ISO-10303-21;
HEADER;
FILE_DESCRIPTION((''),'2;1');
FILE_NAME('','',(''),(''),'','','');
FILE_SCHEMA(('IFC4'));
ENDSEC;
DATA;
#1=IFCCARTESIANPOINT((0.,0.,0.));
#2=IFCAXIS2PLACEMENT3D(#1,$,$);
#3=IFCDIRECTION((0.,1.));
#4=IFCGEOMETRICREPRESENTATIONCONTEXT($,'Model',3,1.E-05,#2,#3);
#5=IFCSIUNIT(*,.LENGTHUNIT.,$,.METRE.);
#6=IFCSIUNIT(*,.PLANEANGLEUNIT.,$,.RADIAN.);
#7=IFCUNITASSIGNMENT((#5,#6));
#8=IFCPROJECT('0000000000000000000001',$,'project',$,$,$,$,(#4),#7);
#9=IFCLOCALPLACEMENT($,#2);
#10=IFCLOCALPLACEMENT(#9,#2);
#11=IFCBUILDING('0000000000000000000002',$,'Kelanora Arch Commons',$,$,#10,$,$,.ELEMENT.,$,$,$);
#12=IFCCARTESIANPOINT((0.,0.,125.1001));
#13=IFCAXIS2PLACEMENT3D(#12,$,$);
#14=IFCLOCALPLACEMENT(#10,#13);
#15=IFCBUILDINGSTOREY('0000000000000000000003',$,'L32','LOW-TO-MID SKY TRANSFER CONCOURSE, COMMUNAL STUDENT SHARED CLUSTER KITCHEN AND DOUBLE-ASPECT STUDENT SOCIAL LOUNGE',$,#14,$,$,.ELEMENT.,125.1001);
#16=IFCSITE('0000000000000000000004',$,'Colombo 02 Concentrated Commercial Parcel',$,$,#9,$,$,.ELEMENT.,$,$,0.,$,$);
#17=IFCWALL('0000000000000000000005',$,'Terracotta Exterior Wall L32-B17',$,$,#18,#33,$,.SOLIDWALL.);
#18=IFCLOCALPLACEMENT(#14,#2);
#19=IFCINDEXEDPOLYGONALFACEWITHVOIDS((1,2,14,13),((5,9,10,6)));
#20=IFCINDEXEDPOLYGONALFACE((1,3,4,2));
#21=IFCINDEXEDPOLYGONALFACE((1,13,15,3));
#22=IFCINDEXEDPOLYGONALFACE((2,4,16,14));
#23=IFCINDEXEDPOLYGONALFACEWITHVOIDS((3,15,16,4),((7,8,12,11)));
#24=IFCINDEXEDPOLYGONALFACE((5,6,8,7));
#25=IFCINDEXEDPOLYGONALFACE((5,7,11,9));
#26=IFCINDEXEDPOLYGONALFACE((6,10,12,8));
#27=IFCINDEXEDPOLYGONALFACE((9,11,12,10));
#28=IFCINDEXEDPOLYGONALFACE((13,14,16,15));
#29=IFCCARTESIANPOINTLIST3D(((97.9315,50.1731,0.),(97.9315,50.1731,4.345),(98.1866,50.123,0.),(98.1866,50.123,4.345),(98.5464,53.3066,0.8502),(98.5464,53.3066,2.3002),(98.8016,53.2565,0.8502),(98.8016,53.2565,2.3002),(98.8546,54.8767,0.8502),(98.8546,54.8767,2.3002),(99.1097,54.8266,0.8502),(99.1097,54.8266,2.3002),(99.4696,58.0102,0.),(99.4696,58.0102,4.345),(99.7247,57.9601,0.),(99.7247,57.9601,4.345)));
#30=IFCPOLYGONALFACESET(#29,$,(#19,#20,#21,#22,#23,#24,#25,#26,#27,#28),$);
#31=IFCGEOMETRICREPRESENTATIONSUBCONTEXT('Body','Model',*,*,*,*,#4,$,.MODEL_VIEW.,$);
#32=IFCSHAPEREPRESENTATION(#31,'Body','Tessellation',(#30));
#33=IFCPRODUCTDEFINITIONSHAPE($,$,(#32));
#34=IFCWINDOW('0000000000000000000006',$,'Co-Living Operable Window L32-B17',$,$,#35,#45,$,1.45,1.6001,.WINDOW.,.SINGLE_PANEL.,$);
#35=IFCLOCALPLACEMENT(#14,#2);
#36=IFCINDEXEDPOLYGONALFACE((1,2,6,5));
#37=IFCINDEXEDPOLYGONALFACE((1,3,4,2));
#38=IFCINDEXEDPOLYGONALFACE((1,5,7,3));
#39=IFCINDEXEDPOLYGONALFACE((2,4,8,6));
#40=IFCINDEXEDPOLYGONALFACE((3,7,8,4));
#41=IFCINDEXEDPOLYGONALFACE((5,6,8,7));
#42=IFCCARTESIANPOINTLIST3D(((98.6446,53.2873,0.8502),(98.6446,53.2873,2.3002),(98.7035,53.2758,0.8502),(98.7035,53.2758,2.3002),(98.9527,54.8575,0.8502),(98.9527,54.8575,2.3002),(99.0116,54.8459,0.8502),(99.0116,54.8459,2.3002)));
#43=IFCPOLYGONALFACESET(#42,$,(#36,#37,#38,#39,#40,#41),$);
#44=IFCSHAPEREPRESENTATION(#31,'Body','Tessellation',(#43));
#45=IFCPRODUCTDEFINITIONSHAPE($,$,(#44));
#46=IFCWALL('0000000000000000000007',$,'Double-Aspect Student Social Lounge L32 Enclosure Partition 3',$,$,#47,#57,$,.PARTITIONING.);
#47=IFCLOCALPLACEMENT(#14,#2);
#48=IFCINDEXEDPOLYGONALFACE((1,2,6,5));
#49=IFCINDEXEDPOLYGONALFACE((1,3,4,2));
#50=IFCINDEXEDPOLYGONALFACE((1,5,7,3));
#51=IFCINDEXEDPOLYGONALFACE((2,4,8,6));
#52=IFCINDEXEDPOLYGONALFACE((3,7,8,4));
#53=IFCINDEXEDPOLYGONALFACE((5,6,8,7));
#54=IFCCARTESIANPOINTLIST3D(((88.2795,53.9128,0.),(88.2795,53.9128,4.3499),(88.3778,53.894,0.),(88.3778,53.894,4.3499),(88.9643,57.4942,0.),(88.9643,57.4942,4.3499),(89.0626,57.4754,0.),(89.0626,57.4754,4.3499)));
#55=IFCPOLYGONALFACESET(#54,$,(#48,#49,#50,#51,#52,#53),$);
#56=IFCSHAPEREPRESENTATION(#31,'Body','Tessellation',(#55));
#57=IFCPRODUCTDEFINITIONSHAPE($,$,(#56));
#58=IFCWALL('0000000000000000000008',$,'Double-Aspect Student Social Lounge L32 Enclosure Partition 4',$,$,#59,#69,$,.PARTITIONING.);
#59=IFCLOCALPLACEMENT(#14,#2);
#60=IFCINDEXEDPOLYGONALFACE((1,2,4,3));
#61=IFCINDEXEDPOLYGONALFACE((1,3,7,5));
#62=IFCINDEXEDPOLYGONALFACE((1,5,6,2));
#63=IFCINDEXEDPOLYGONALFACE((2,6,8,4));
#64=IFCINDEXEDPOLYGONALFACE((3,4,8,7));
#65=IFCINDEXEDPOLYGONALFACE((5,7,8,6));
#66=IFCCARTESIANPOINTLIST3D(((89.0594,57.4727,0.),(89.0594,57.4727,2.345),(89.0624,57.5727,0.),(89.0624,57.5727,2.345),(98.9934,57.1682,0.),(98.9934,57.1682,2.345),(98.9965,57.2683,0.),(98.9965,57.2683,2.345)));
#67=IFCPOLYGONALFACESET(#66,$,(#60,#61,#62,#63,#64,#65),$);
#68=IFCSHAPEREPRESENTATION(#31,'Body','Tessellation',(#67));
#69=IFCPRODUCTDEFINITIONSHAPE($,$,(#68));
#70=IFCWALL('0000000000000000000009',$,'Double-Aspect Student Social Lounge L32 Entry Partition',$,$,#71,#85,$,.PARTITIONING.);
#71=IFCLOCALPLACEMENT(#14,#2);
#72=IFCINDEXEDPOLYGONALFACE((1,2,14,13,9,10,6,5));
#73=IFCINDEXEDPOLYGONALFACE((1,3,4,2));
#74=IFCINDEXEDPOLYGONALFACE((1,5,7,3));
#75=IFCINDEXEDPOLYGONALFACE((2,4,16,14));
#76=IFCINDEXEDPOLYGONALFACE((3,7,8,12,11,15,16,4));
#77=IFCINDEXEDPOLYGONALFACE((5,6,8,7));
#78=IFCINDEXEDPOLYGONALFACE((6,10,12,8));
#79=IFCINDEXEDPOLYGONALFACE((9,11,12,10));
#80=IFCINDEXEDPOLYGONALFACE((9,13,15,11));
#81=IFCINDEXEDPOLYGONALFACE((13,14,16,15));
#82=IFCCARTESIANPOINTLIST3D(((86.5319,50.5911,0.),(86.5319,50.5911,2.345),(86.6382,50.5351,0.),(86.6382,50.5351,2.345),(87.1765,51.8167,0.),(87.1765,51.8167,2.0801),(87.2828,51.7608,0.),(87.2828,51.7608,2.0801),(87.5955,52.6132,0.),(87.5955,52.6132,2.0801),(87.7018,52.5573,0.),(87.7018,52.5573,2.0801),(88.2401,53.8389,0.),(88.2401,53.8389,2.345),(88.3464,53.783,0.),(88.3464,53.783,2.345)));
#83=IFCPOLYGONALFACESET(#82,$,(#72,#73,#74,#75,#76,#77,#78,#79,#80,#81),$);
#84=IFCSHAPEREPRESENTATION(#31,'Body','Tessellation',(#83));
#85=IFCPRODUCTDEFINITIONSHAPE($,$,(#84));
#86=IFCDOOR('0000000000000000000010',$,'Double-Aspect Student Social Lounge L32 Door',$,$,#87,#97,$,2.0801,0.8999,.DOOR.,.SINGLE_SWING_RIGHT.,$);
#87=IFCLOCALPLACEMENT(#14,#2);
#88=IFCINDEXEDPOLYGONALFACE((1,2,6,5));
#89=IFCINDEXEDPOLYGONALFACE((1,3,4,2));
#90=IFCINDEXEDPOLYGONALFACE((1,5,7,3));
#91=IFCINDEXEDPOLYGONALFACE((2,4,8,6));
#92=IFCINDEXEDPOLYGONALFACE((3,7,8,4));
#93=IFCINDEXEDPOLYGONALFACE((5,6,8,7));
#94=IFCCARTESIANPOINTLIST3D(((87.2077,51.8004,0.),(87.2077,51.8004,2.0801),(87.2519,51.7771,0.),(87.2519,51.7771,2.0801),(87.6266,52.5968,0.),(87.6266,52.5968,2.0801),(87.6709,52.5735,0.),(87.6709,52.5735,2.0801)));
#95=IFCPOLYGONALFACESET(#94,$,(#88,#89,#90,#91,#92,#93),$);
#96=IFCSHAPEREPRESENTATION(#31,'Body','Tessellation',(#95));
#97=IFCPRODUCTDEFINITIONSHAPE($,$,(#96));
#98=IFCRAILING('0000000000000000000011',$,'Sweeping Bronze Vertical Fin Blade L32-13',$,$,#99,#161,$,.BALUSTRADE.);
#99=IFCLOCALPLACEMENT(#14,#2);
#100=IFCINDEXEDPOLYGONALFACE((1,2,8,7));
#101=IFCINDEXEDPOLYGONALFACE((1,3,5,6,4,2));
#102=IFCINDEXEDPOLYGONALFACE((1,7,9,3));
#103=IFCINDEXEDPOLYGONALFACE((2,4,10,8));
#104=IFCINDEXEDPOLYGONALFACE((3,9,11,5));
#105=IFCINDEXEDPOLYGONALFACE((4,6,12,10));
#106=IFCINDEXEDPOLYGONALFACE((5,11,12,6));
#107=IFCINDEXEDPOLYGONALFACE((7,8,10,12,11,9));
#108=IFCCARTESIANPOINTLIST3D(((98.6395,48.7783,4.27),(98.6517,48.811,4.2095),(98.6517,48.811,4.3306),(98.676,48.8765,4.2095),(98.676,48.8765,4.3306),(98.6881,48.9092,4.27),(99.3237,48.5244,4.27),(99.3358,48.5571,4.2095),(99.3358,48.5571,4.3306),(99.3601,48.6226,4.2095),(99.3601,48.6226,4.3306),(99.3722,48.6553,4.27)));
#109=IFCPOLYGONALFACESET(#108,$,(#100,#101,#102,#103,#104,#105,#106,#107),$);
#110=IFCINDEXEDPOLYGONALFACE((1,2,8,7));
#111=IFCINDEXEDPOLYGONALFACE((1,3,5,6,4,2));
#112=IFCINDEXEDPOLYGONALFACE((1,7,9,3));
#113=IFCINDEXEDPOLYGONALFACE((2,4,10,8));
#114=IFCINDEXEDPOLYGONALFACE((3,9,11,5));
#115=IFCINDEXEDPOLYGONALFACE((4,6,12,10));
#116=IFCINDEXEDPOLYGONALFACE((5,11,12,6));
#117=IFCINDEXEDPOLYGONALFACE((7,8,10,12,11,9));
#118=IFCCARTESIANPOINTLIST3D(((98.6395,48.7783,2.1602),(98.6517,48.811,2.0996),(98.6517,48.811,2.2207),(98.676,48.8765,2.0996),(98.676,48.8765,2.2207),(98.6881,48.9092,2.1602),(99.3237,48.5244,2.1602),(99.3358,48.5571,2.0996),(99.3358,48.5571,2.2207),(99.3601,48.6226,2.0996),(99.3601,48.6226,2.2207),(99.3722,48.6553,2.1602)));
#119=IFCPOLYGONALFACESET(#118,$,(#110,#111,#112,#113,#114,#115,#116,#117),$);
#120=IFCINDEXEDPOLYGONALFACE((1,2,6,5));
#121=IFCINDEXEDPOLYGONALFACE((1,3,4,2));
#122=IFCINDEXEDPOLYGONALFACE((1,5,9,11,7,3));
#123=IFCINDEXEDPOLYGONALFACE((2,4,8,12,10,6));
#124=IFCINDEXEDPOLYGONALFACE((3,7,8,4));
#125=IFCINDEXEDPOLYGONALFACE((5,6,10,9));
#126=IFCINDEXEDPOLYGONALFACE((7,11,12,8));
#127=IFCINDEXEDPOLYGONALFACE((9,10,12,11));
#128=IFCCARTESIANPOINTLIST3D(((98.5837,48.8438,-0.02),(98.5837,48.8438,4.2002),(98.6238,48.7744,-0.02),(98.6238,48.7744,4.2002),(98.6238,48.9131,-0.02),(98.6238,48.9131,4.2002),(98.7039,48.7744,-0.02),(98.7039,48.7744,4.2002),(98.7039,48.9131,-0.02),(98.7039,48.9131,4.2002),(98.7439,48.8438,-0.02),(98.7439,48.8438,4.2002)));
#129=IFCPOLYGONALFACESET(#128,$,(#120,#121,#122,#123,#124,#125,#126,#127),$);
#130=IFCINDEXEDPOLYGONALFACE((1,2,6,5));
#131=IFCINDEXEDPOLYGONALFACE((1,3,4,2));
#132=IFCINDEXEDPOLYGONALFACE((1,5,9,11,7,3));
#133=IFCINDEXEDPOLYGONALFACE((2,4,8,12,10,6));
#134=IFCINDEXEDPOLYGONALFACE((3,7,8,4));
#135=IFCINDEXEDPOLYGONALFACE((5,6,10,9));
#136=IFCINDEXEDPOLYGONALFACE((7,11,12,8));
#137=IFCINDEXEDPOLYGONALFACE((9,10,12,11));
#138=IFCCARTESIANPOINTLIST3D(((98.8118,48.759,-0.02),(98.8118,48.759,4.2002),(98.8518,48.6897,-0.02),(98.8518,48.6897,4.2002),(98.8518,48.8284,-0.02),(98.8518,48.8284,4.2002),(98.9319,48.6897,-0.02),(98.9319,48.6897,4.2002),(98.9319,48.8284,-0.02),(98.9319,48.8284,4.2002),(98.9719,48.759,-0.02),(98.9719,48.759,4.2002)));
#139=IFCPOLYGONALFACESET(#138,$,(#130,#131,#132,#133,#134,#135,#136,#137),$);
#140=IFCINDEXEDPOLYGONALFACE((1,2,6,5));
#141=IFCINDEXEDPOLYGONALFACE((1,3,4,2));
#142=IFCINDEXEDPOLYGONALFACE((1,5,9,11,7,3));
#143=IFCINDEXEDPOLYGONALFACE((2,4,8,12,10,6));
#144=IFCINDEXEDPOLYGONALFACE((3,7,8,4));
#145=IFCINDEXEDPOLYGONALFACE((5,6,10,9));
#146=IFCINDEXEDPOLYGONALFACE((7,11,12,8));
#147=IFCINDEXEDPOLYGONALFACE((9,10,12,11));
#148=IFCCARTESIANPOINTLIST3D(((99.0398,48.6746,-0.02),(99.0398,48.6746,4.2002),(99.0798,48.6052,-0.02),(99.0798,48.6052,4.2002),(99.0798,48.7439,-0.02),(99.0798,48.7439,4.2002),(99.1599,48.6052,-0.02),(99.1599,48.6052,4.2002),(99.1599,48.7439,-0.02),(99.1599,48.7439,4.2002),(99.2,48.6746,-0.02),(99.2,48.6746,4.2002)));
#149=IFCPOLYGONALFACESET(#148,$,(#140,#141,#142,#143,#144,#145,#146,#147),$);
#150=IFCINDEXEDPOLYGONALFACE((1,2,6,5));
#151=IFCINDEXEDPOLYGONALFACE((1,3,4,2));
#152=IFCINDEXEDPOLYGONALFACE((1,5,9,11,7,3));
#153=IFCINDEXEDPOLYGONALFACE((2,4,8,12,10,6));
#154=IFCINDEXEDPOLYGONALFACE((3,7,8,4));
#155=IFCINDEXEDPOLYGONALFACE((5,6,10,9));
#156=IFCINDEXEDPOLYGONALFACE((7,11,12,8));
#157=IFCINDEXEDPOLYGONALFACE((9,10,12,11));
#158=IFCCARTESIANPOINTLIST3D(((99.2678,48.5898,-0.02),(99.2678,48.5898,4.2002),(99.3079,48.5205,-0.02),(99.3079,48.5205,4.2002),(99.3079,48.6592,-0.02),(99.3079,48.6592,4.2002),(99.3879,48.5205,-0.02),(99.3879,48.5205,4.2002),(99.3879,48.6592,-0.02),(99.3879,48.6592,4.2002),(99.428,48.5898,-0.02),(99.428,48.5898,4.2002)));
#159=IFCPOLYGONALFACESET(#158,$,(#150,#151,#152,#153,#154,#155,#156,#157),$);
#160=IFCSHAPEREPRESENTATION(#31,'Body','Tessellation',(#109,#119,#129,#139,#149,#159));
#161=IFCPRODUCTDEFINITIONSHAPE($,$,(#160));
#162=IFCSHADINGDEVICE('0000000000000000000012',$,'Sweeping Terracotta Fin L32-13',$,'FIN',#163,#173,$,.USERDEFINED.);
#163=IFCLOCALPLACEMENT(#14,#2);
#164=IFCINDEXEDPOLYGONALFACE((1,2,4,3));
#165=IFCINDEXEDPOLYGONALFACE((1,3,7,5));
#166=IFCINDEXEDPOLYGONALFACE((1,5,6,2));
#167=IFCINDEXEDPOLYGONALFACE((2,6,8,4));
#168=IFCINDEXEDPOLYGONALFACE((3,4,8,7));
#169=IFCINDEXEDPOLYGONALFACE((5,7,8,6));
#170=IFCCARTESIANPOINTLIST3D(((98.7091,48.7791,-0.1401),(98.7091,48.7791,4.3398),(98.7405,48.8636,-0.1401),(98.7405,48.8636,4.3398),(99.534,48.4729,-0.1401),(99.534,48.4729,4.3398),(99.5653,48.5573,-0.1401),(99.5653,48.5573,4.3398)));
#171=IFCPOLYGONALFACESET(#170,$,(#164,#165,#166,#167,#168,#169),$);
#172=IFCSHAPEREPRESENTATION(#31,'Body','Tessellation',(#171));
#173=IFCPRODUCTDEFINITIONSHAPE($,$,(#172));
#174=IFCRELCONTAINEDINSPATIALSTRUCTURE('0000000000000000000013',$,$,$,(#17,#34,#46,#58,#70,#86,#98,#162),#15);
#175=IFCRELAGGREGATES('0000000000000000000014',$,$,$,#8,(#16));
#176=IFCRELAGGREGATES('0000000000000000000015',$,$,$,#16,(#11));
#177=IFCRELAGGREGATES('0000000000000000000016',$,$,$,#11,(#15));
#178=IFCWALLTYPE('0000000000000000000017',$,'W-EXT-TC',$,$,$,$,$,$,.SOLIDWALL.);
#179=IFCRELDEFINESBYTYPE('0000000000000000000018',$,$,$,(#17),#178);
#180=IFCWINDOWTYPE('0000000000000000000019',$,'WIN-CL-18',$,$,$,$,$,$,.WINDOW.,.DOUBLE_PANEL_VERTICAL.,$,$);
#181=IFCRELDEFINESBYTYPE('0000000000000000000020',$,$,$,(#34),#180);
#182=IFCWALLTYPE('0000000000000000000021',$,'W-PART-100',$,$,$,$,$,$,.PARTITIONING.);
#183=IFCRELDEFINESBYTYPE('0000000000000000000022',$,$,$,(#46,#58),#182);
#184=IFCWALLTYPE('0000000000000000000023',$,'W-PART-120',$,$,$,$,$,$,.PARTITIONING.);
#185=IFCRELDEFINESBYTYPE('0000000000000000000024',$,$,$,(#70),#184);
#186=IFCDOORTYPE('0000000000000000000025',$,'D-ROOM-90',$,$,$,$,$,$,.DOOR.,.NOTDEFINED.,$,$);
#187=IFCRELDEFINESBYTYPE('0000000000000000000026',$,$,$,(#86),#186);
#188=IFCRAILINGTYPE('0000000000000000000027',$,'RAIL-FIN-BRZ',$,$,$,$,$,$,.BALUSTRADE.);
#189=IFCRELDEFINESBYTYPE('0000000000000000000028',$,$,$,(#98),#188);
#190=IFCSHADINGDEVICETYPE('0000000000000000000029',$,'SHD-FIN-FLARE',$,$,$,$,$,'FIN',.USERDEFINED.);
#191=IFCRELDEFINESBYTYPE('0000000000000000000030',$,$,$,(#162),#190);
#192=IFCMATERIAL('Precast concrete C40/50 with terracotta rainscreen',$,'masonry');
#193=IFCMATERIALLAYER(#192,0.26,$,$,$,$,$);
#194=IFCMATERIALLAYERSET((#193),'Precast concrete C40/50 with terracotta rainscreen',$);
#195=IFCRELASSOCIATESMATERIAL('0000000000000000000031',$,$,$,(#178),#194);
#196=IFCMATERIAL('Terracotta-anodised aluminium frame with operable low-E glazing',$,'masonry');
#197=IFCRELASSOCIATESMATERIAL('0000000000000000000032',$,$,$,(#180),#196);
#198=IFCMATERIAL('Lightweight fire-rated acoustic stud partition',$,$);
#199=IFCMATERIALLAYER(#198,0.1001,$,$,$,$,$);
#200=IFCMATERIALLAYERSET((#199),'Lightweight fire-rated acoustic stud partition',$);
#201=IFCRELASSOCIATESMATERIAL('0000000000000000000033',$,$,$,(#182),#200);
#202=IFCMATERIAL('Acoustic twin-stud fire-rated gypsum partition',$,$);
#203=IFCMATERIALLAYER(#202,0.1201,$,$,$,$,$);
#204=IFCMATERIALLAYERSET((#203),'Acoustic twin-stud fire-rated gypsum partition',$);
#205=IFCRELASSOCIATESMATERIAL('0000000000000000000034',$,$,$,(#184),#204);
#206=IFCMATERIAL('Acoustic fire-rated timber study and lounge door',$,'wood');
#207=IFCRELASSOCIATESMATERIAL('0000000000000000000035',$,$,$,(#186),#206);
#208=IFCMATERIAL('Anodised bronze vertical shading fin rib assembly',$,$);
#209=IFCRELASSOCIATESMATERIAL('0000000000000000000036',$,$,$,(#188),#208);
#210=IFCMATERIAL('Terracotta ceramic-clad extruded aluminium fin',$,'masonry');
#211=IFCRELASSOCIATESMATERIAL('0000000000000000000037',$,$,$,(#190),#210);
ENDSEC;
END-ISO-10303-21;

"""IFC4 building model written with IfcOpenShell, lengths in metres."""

from ifc_helpers import new_model, si_unit, direction, frame, frame_2d, origin, origin_2d, place, context, subcontext, project, spatial, polyline, rectangle, outline, extrude, source, transform, mapped, material, layer, layer_set, type_object, element, fill, save


model = new_model("IFC4")

# Units and contexts
model_context = context("Model", 3, precision=1e-05, world=origin(), true_north=direction((0.0, 1.0)))
body_context = subcontext(model_context, "Body", "Model", "MODEL_VIEW")
ifc_project = project(units=[si_unit("LENGTHUNIT", "METRE"), si_unit("PLANEANGLEUNIT", "RADIAN")], contexts=[model_context])

# Site, building, storey
site_placement = place(None, origin())
site = spatial("IfcSite", under=ifc_project, at=site_placement, Name="Colombo 02 Concentrated Commercial Parcel", CompositionType="ELEMENT", RefElevation=0.0)
building_placement = place(site_placement, origin())
building = spatial("IfcBuilding", under=site, at=building_placement, Name="Kelanora Arch Commons", CompositionType="ELEMENT")
storey_placement = place(building_placement, frame((0.0, 0.0, 125.1001)))
storey = spatial("IfcBuildingStorey", under=building, at=storey_placement, Name="L32", Description="LOW-TO-MID SKY TRANSFER CONCOURSE, COMMUNAL STUDENT SHARED CLUSTER KITCHEN AND DOUBLE-ASPECT STUDENT SOCIAL LOUNGE", CompositionType="ELEMENT", Elevation=125.1001)

# Wall, opening, window
ifc_material_1 = material(Name="Precast concrete C40/50 with terracotta rainscreen", Category="masonry")
ifc_layer_1 = layer(ifc_material_1, 0.26)
ifc_layer_set_1 = layer_set([ifc_layer_1], Name="Precast concrete C40/50 with terracotta rainscreen")
wall_type_1 = type_object("IfcWallType", Name="W-EXT-TC", PredefinedType="SOLIDWALL", material=ifc_layer_set_1)
wall_1_placement = place(storey_placement, frame((98.0591, 50.1482, 0.0), z_axis=(0.0, 0.0, 1.0), x_axis=(0.192582, 0.981281, 0.0)))
wall_1 = element("IfcWall", 1, at=wall_1_placement, inside=storey, type_object=wall_type_1, Name="Terracotta Exterior Wall L32-B17", PredefinedType="SOLIDWALL", context=body_context, shape_type="SweptSolid", body=[
    extrude(rectangle(XDim=7.9866, YDim=0.26, at=frame_2d((3.9932, 0.0))), origin(), (0.0, 0.0, 1.0), 4.345),
])
opening_1_placement = place(wall_1_placement, frame((3.1931, 0.0, 0.8501)))
opening_1 = element("IfcOpeningElement", 2, at=opening_1_placement, cuts=wall_1, PredefinedType="OPENING", context=body_context, shape_type="SweptSolid", body=[
    extrude(rectangle(XDim=1.6001, YDim=1.45, at=frame_2d((0.8, 0.7251))), frame((0.0, 0.1401, 0.0), z_axis=(0.0, -1.0, 0.0), x_axis=(1.0, 0.0, 0.0)), (0.0, 0.0, 1.0), 0.28),
])
ifc_material_2 = material(Name="Terracotta-anodised aluminium frame with operable low-E glazing", Category="masonry")
window_type = type_object("IfcWindowType", Name="WIN-CL-18", PartitioningType="DOUBLE_PANEL_VERTICAL", PredefinedType="WINDOW", material=ifc_material_2)
window_placement = place(opening_1_placement, origin())
window = element("IfcWindow", 3, at=window_placement, inside=storey, type_object=window_type, Name="Co-Living Operable Window L32-B17", OverallHeight=1.45, OverallWidth=1.6001, PartitioningType="SINGLE_PANEL", PredefinedType="WINDOW", context=body_context, shape_type="SweptSolid", body=[
    extrude(rectangle(XDim=1.6001, YDim=1.45, at=frame_2d((0.8, 0.7251))), frame((0.0, 0.03, 0.0), z_axis=(0.0, -1.0, 0.0), x_axis=(1.0, 0.0, 0.0)), (0.0, 0.0, 1.0), 0.0601),
])
fill(opening_1, window)

# Walls
ifc_material_3 = material(Name="Lightweight fire-rated acoustic stud partition")
ifc_layer_2 = layer(ifc_material_3, 0.1001)
ifc_layer_set_2 = layer_set([ifc_layer_2], Name="Lightweight fire-rated acoustic stud partition")
wall_type_2 = type_object("IfcWallType", Name="W-PART-100", PredefinedType="PARTITIONING", material=ifc_layer_set_2)
wall_2_placement = place(storey_placement, frame((88.3286, 53.9033, 0.0), z_axis=(0.0, 0.0, 1.0), x_axis=(0.187817, 0.982204, 0.0)))
element("IfcWall", 4, at=wall_2_placement, inside=storey, type_object=wall_type_2, Name="Double-Aspect Student Social Lounge L32 Enclosure Partition 3", PredefinedType="PARTITIONING", context=body_context, shape_type="SweptSolid", body=[
    extrude(rectangle(XDim=3.6462, YDim=0.1001, at=frame_2d((1.8232, 0.0))), origin(), (0.0, 0.0, 1.0), 4.3499),
])
wall_3_placement = place(storey_placement, frame((89.061, 57.5227, 0.0), z_axis=(0.0, 0.0, 1.0), x_axis=(0.999531, -0.030632, 0.0)))
element("IfcWall", 5, at=wall_3_placement, inside=storey, type_object=wall_type_2, Name="Double-Aspect Student Social Lounge L32 Enclosure Partition 4", PredefinedType="PARTITIONING", context=body_context, shape_type="SweptSolid", body=[
    extrude(rectangle(XDim=9.9387, YDim=0.1001, at=frame_2d((4.9692, 0.0))), origin(), (0.0, 0.0, 1.0), 2.345),
])

# Wall, opening, door
ifc_material_4 = material(Name="Acoustic twin-stud fire-rated gypsum partition")
ifc_layer_3 = layer(ifc_material_4, 0.1201)
ifc_layer_set_3 = layer_set([ifc_layer_3], Name="Acoustic twin-stud fire-rated gypsum partition")
wall_type_3 = type_object("IfcWallType", Name="W-PART-120", PredefinedType="PARTITIONING", material=ifc_layer_set_3)
wall_4_placement = place(storey_placement, frame((86.585, 50.563, 0.0), z_axis=(0.0, 0.0, 1.0), x_axis=(0.465508, 0.885044, 0.0)))
wall_4 = element("IfcWall", 6, at=wall_4_placement, inside=storey, type_object=wall_type_3, Name="Double-Aspect Student Social Lounge L32 Entry Partition", PredefinedType="PARTITIONING", context=body_context, shape_type="SweptSolid", body=[
    extrude(rectangle(XDim=3.6697, YDim=0.1201, at=frame_2d((1.835, 0.0))), origin(), (0.0, 0.0, 1.0), 2.345),
])
opening_2_placement = place(wall_4_placement, frame((1.385, 0.0, 0.0)))
opening_2 = element("IfcOpeningElement", 7, at=opening_2_placement, cuts=wall_4, PredefinedType="OPENING", context=body_context, shape_type="SweptSolid", body=[
    extrude(rectangle(XDim=0.8999, YDim=2.0801, at=frame_2d((0.45, 1.04))), frame((0.0, 0.0701, 0.0), z_axis=(0.0, -1.0, 0.0), x_axis=(1.0, 0.0, 0.0)), (0.0, 0.0, 1.0), 0.1401),
])
ifc_material_5 = material(Name="Acoustic fire-rated timber study and lounge door", Category="wood")
door_type = type_object("IfcDoorType", Name="D-ROOM-90", OperationType="NOTDEFINED", PredefinedType="DOOR", material=ifc_material_5)
door_placement = place(opening_2_placement, origin())
door = element("IfcDoor", 8, at=door_placement, inside=storey, type_object=door_type, Name="Double-Aspect Student Social Lounge L32 Door", OperationType="SINGLE_SWING_RIGHT", OverallHeight=2.0801, OverallWidth=0.8999, PredefinedType="DOOR", context=body_context, shape_type="SweptSolid", body=[
    extrude(rectangle(XDim=0.8999, YDim=2.0801, at=frame_2d((0.45, 1.04))), frame((0.0, 0.0249, 0.0), z_axis=(0.0, -1.0, 0.0), x_axis=(1.0, 0.0, 0.0)), (0.0, 0.0, 1.0), 0.05),
])
fill(opening_2, door)

# Railing
ifc_material_6 = material(Name="Anodised bronze vertical shading fin rib assembly")
railing_type = type_object("IfcRailingType", Name="RAIL-FIN-BRZ", PredefinedType="BALUSTRADE", material=ifc_material_6)
railing_placement = place(storey_placement, frame((98.6638, 48.8438, -0.02)))
element("IfcRailing", 9, at=railing_placement, inside=storey, type_object=railing_type, Name="Sweeping Bronze Vertical Fin Blade L32-13", PredefinedType="BALUSTRADE", context=body_context, shape_type="SweptSolid", body=[
    extrude(outline(polyline([(0.0698, 0.0), (0.0349, 0.0605), (-0.0349, 0.0605), (-0.0698, 0.0), (-0.0349, -0.0605), (0.0349, -0.0605), (0.0698, 0.0)])), frame((0.0, 0.0, 4.29), z_axis=(0.937506, -0.347968, 0.0), x_axis=(0.347968, 0.937506, 0.0)), (0.0, 0.0, 1.0), 0.7297),
    extrude(outline(polyline([(0.0698, 0.0), (0.0349, 0.0605), (-0.0349, 0.0605), (-0.0698, 0.0), (-0.0349, -0.0605), (0.0349, -0.0605), (0.0698, 0.0)])), frame((0.0, 0.0, 2.1802), z_axis=(0.937506, -0.347968, 0.0), x_axis=(0.347968, 0.937506, 0.0)), (0.0, 0.0, 1.0), 0.7297),
    extrude(outline(polyline([(0.0801, 0.0), (0.04, 0.0693), (-0.04, 0.0693), (-0.0801, 0.0), (-0.04, -0.0693), (0.04, -0.0693), (0.0801, 0.0)])), origin(), (0.0, 0.0, 1.0), 4.2202),
    extrude(outline(polyline([(0.0801, 0.0), (0.04, 0.0693), (-0.04, 0.0693), (-0.0801, 0.0), (-0.04, -0.0693), (0.04, -0.0693), (0.0801, 0.0)])), frame((0.228, -0.0847, 0.0)), (0.0, 0.0, 1.0), 4.2202),
    extrude(outline(polyline([(0.0801, 0.0), (0.04, 0.0693), (-0.04, 0.0693), (-0.0801, 0.0), (-0.04, -0.0693), (0.04, -0.0693), (0.0801, 0.0)])), frame((0.4561, -0.1692, 0.0)), (0.0, 0.0, 1.0), 4.2202),
    extrude(outline(polyline([(0.0801, 0.0), (0.04, 0.0693), (-0.04, 0.0693), (-0.0801, 0.0), (-0.04, -0.0693), (0.04, -0.0693), (0.0801, 0.0)])), frame((0.6841, -0.2539, 0.0)), (0.0, 0.0, 1.0), 4.2202),
])

# Shading device
ifc_material_7 = material(Name="Terracotta ceramic-clad extruded aluminium fin", Category="masonry")
shading_device_type = type_object("IfcShadingDeviceType", Name="SHD-FIN-FLARE", ElementType="FIN", PredefinedType="USERDEFINED", material=ifc_material_7)
shared_shape_1 = source(origin(), body_context, "Body", "SweptSolid", [
    extrude(rectangle(XDim=0.8799, YDim=0.0901, at=origin_2d()), origin(), (0.0, 0.0, 1.0), 4.48),
])
shading_device_placement = place(storey_placement, frame((99.1372, 48.6682, -0.1401), z_axis=(0.0, 0.0, 1.0), x_axis=(0.937464, -0.348081, 0.0)))
element("IfcShadingDevice", 10, at=shading_device_placement, inside=storey, type_object=shading_device_type, Name="Sweeping Terracotta Fin L32-13", ObjectType="FIN", PredefinedType="USERDEFINED", context=body_context, shape_type="MappedRepresentation", body=[
    mapped(shared_shape_1, transform((0.0, 0.0, 0.0), scale=1.0)),
])

save(model, "model.ifc")
